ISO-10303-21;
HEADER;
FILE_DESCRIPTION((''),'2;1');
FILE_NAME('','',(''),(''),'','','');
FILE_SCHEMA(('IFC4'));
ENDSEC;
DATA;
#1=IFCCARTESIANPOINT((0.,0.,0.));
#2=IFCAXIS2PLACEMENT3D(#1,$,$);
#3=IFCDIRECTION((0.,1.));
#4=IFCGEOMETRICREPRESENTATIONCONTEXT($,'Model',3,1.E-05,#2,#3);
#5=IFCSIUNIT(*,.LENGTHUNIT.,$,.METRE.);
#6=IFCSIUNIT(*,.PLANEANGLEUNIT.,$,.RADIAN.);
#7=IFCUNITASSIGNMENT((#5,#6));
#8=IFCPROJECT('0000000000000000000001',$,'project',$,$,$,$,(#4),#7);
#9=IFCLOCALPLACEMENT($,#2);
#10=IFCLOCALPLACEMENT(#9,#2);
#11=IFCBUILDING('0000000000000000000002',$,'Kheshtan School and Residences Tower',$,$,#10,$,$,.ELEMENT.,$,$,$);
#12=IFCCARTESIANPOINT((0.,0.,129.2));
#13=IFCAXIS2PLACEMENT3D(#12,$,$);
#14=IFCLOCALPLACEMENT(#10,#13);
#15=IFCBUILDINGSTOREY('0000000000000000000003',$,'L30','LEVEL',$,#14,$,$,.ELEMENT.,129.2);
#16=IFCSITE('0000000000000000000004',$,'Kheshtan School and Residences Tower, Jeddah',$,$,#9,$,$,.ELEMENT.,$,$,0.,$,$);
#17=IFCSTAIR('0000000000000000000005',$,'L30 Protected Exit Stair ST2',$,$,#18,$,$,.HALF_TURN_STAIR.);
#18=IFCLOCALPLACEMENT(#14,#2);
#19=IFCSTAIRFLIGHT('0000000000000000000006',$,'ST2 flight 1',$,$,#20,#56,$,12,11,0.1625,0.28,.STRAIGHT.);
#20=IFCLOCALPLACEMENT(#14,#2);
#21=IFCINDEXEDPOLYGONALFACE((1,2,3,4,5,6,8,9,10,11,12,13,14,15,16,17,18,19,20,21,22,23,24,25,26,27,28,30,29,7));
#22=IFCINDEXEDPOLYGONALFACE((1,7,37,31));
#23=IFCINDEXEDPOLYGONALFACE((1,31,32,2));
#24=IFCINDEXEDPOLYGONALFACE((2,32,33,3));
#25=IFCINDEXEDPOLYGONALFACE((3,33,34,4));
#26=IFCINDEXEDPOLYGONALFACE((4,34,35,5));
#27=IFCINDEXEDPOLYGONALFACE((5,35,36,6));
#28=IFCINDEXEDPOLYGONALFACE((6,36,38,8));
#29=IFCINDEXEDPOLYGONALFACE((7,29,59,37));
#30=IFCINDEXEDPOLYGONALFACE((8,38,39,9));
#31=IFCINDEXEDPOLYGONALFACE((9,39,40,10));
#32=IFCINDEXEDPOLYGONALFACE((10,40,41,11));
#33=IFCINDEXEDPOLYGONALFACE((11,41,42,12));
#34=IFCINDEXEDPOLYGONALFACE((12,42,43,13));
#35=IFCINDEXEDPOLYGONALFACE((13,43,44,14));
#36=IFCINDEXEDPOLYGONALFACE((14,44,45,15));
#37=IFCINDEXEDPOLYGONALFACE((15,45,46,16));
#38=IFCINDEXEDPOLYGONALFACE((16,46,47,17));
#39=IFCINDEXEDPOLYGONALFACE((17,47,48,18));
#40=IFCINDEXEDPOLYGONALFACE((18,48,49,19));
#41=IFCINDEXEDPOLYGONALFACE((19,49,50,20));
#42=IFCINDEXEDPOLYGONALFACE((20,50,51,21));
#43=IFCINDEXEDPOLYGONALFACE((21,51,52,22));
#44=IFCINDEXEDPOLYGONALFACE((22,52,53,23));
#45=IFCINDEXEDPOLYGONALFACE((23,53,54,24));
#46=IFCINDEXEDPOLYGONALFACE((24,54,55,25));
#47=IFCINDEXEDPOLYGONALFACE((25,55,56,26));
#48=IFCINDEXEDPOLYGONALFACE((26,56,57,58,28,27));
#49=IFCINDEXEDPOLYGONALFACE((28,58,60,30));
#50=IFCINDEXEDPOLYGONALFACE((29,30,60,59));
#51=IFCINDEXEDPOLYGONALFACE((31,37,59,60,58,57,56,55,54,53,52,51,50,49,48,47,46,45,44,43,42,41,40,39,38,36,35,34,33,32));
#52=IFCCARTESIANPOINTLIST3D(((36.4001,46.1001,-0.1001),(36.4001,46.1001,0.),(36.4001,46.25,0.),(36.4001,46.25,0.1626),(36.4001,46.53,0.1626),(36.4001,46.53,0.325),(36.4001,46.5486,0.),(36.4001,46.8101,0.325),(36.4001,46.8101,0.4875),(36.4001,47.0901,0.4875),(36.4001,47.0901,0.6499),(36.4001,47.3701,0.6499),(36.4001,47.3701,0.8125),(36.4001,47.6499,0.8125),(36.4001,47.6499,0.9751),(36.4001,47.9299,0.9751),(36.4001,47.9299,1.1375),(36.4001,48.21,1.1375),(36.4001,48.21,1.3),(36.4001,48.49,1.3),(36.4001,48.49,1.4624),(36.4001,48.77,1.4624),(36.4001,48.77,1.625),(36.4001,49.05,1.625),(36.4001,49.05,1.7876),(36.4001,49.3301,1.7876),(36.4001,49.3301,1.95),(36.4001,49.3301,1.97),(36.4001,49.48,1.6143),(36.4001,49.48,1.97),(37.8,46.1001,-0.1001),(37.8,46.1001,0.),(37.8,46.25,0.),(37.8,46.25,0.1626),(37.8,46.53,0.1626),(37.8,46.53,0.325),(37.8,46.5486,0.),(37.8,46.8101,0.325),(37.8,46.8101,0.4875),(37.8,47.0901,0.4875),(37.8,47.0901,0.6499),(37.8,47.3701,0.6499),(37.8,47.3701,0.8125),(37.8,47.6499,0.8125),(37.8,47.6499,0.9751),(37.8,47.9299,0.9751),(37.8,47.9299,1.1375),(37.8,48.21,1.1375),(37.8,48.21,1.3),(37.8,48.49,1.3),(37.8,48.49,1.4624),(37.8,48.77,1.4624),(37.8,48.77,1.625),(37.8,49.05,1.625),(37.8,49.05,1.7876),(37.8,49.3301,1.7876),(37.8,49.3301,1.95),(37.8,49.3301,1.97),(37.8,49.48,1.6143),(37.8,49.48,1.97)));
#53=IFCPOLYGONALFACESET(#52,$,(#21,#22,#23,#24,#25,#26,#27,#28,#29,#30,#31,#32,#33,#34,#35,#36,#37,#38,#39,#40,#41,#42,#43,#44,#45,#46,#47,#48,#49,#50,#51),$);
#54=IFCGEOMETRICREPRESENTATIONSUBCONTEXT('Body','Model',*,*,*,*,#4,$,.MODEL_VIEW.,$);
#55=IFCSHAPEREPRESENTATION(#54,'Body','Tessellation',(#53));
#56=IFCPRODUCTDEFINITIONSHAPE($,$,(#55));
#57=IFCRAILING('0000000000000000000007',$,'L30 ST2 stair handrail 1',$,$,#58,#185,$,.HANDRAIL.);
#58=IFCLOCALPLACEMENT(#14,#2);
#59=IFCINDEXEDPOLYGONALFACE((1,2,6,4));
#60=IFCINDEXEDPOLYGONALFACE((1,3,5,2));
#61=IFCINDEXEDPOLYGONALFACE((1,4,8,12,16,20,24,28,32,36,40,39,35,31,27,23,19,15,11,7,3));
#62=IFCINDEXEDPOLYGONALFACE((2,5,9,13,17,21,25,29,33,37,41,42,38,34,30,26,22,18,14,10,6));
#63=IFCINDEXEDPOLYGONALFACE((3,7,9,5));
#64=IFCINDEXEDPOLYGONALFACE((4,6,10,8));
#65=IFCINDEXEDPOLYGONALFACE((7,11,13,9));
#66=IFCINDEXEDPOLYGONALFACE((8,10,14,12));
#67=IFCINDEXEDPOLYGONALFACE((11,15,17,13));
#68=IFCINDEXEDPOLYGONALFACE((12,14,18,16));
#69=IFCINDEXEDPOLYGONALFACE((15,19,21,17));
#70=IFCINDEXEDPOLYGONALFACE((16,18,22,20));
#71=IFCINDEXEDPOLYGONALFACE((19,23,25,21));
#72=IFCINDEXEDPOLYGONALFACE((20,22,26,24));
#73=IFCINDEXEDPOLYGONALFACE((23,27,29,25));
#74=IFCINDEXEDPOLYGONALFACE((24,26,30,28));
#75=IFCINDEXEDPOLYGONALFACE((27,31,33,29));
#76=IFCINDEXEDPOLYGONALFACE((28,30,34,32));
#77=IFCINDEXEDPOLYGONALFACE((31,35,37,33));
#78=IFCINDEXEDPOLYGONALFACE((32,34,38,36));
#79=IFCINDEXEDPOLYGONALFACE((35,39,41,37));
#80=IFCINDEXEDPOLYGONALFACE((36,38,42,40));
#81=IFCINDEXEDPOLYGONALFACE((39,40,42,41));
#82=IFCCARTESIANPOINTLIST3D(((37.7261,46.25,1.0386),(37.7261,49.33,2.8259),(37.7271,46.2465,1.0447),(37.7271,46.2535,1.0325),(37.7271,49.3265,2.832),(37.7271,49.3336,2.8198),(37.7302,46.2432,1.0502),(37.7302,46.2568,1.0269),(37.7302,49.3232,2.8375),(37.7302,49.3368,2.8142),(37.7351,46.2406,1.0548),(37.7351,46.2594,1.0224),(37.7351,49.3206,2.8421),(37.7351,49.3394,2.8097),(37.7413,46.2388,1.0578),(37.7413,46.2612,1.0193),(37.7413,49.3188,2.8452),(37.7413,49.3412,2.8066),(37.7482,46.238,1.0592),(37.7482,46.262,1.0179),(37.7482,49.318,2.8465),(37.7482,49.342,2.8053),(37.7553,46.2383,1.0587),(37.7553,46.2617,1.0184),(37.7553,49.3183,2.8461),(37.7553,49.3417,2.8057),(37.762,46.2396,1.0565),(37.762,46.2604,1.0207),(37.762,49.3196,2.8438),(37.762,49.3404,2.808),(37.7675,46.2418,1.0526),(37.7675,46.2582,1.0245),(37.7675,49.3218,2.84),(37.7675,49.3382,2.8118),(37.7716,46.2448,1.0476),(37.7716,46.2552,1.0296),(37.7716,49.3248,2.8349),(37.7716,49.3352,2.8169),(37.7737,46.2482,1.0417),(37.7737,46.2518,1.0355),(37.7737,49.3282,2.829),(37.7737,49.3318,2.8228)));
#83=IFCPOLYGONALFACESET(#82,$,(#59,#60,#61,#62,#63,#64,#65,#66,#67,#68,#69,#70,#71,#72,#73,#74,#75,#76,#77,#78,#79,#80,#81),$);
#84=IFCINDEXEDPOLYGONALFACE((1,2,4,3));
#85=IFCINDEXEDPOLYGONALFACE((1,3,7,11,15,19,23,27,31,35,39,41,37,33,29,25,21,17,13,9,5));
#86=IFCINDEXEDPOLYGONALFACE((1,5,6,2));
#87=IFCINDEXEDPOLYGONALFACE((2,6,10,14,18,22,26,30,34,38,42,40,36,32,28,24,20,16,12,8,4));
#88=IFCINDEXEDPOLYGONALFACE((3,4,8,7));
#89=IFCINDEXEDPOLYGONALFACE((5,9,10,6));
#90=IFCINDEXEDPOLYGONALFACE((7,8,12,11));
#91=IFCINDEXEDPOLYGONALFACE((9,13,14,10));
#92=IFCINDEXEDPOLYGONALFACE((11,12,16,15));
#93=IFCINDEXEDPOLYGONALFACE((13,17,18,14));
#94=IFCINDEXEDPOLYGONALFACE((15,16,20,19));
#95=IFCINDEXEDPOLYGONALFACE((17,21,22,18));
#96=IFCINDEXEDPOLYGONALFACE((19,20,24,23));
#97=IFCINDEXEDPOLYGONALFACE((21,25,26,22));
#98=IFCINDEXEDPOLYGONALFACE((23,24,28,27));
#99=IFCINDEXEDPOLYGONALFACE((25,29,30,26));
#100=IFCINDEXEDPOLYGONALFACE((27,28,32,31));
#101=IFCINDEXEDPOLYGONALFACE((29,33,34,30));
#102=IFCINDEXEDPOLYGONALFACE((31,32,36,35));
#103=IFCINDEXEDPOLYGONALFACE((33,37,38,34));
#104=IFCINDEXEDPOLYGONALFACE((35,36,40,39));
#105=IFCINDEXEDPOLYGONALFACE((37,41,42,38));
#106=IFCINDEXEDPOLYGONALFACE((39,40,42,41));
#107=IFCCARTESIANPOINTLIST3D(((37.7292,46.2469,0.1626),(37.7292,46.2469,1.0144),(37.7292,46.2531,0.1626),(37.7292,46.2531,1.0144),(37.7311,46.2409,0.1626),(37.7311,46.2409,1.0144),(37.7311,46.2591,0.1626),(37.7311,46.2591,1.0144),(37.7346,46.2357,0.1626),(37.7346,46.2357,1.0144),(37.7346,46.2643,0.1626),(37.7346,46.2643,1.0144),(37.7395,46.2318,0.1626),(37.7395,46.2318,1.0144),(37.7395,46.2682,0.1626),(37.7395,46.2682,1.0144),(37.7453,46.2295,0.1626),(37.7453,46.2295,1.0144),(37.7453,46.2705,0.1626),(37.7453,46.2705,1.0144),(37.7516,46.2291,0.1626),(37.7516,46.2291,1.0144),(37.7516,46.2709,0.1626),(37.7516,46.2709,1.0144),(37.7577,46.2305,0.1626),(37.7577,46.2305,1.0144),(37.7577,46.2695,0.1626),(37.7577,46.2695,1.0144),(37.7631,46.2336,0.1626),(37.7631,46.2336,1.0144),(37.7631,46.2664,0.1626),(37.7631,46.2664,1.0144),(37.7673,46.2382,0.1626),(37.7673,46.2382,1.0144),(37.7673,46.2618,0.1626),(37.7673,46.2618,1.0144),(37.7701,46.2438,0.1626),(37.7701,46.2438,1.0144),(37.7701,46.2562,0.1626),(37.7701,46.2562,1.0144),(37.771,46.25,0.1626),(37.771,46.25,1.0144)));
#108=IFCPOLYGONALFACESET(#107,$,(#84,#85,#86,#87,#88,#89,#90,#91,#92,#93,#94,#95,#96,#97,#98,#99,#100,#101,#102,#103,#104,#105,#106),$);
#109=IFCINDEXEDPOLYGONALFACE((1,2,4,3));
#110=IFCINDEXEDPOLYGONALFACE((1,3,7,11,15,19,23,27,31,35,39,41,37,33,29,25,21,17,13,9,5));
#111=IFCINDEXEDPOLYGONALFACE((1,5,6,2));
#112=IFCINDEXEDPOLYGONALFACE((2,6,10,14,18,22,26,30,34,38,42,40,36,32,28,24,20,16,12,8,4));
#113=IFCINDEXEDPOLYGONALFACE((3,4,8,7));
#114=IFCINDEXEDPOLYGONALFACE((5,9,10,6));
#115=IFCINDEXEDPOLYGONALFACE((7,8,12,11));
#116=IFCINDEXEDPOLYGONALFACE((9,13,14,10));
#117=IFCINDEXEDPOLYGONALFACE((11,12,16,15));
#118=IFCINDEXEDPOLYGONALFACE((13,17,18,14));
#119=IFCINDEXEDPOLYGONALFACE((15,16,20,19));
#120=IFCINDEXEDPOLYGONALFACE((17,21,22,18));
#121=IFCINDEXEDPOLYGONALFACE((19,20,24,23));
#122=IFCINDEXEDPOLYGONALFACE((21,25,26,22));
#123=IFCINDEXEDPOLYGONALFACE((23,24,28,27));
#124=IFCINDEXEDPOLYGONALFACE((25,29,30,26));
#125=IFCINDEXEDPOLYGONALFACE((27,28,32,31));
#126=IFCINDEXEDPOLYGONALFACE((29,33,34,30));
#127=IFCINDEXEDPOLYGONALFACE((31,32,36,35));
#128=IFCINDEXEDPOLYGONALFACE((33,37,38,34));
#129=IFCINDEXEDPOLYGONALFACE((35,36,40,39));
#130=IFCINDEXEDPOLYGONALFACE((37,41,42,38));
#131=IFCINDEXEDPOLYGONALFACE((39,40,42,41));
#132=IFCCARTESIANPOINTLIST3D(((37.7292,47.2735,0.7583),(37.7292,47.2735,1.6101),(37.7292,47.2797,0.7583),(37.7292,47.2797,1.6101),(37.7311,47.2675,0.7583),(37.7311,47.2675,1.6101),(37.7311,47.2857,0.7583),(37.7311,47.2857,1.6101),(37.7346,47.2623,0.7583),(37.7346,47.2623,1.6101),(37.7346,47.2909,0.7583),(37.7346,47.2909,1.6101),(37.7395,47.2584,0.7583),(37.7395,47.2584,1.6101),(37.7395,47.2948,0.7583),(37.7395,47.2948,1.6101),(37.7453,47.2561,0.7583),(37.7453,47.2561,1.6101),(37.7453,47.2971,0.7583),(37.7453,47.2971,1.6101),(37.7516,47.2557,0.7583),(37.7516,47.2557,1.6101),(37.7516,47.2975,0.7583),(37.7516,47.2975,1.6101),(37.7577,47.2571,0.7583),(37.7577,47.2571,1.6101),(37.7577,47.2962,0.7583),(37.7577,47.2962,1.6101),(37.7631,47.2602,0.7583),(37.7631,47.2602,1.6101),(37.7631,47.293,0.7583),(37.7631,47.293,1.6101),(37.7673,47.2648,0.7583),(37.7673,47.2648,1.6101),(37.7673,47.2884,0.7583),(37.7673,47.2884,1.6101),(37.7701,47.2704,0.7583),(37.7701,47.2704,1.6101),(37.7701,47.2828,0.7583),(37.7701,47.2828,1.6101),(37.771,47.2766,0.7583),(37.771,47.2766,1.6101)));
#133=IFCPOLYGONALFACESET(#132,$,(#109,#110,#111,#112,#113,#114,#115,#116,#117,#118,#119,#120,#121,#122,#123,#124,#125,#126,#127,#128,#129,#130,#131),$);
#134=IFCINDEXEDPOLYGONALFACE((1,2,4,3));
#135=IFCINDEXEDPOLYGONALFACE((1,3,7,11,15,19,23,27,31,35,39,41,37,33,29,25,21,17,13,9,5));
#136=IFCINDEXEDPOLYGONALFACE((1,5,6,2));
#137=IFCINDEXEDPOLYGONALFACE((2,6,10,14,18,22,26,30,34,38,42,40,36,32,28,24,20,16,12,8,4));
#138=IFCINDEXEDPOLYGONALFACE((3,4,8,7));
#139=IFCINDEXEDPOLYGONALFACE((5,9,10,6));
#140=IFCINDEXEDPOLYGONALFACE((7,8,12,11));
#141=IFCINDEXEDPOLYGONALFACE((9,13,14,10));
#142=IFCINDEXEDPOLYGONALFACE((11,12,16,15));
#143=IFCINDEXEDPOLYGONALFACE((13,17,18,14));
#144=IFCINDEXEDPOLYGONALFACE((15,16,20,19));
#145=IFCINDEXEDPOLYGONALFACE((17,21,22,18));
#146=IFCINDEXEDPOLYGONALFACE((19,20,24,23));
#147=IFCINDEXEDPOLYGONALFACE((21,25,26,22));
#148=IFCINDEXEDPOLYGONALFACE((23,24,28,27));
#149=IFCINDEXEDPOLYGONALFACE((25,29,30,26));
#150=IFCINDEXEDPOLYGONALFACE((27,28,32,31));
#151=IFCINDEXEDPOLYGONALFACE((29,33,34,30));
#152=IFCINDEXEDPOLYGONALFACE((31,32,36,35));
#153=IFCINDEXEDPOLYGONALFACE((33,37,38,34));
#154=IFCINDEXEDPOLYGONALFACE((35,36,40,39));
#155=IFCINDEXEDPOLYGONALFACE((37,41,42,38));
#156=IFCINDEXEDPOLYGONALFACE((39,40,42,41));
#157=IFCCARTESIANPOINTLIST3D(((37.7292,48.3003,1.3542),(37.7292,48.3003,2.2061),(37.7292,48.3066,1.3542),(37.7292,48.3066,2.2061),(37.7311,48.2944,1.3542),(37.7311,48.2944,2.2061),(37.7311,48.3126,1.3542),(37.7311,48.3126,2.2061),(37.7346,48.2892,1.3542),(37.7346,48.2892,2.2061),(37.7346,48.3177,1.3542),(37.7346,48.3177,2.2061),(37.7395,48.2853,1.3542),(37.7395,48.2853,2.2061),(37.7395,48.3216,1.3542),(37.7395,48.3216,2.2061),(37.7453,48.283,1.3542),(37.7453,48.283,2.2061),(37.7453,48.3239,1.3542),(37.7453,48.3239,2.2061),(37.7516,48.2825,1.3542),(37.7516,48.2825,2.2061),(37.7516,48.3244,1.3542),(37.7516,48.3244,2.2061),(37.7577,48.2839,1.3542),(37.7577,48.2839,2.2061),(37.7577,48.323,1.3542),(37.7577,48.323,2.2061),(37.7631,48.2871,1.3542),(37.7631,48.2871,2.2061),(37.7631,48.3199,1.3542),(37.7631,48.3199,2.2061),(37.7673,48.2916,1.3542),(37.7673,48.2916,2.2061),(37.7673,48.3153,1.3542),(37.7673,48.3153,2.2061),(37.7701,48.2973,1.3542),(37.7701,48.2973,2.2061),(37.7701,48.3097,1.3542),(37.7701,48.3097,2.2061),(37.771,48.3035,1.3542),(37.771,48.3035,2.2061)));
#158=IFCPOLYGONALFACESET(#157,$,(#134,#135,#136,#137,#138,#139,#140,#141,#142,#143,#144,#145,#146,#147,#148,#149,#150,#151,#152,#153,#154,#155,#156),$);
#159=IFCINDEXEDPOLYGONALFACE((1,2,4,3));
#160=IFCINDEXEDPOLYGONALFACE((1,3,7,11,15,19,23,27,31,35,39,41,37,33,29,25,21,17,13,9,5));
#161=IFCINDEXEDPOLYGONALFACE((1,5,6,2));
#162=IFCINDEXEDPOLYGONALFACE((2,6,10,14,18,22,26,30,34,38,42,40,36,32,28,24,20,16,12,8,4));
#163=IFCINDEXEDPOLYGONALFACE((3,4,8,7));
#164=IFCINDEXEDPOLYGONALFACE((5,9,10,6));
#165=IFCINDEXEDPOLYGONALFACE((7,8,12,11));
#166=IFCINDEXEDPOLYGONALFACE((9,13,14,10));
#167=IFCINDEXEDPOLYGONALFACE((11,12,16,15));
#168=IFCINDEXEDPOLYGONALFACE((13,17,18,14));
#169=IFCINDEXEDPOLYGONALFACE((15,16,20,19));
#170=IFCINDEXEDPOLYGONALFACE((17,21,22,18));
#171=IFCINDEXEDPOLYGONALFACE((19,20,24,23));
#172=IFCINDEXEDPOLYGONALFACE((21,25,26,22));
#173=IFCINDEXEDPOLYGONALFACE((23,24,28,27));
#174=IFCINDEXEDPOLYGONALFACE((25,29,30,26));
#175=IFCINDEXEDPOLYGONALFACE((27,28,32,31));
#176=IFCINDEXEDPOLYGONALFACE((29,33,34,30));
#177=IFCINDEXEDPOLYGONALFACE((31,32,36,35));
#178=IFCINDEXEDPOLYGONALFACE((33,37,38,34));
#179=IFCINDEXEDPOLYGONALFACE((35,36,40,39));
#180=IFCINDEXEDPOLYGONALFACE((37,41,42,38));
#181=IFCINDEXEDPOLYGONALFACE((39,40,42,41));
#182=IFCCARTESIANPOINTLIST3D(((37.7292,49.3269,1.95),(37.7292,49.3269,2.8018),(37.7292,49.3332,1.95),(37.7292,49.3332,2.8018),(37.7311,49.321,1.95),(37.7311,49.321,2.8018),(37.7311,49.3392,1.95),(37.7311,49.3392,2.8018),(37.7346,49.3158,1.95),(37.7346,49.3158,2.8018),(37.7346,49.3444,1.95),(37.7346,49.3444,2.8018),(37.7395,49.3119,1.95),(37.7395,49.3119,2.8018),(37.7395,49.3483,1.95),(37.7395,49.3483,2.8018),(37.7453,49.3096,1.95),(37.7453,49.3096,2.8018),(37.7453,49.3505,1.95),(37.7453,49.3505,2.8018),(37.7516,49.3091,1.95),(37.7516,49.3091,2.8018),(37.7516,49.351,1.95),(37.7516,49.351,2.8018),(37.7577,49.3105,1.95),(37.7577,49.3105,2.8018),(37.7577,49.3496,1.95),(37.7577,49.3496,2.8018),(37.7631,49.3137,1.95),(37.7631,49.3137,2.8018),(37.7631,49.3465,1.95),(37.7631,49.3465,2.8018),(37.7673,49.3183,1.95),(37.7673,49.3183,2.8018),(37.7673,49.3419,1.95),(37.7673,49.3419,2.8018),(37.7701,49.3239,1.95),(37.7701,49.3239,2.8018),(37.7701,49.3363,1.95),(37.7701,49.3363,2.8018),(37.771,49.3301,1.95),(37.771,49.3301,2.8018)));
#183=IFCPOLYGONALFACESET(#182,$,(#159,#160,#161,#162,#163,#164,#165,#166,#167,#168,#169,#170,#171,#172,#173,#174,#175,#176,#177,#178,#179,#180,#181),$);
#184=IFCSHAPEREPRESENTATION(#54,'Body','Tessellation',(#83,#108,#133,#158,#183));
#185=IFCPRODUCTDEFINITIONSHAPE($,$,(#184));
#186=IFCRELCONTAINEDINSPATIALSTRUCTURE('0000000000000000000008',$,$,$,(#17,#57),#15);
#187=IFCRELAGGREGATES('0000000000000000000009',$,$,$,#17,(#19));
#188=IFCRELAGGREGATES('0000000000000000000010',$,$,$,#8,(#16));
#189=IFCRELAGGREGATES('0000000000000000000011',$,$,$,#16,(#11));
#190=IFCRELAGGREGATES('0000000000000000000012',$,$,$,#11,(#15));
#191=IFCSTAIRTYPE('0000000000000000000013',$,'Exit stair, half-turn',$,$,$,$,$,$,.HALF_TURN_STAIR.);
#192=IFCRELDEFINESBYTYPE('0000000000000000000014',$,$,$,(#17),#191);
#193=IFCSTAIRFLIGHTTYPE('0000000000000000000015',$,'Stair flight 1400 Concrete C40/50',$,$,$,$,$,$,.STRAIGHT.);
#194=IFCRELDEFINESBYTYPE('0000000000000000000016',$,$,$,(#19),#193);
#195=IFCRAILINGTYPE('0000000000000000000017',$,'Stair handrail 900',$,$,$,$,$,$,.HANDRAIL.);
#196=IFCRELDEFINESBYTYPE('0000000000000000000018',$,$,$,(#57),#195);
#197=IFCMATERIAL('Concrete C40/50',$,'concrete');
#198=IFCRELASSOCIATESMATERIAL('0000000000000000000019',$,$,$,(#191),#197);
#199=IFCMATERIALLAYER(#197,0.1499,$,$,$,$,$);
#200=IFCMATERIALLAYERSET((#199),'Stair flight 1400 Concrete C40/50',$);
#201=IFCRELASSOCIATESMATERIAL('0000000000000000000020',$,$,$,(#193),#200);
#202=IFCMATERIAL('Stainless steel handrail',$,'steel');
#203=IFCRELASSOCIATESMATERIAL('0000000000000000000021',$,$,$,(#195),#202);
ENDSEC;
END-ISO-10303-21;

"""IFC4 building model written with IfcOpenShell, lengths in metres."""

from ifc_helpers import new_model, si_unit, direction, frame, origin, origin_2d, place, context, subcontext, project, spatial, polyline, circle, outline, extrude, material, layer, layer_set, type_object, element, aggregate, save


model = new_model("IFC4")

# Units and contexts
model_context = context("Model", 3, precision=1e-05, world=origin(), true_north=direction((0.0, 1.0)))
body_context = subcontext(model_context, "Body", "Model", "MODEL_VIEW")
ifc_project = project(units=[si_unit("LENGTHUNIT", "METRE"), si_unit("PLANEANGLEUNIT", "RADIAN")], contexts=[model_context])

# Site, building, storey
site_placement = place(None, origin())
site = spatial("IfcSite", under=ifc_project, at=site_placement, Name="Kheshtan School and Residences Tower, Jeddah", CompositionType="ELEMENT", RefElevation=0.0)
building_placement = place(site_placement, origin())
building = spatial("IfcBuilding", under=site, at=building_placement, Name="Kheshtan School and Residences Tower", CompositionType="ELEMENT")
storey_placement = place(building_placement, frame((0.0, 0.0, 129.2)))
storey = spatial("IfcBuildingStorey", under=building, at=storey_placement, Name="L30", Description="LEVEL", CompositionType="ELEMENT", Elevation=129.2)

# Stair, stair flight
ifc_material_1 = material(Name="Concrete C40/50", Category="concrete")
stair_type = type_object("IfcStairType", Name="Exit stair, half-turn", PredefinedType="HALF_TURN_STAIR", material=ifc_material_1)
stair_placement = place(storey_placement, origin())
stair = element("IfcStair", 1, at=stair_placement, inside=storey, type_object=stair_type, Name="L30 Protected Exit Stair ST2", PredefinedType="HALF_TURN_STAIR")
ifc_layer_1 = layer(ifc_material_1, 0.1499)
ifc_layer_set_1 = layer_set([ifc_layer_1], Name="Stair flight 1400 Concrete C40/50")
stair_flight_type = type_object("IfcStairFlightType", Name="Stair flight 1400 Concrete C40/50", PredefinedType="STRAIGHT", material=ifc_layer_set_1)
stair_flight_placement = place(storey_placement, frame((37.1001, 46.25, 0.0), z_axis=(0.0, 0.0, 1.0), x_axis=(0.0, 1.0, 0.0)))
stair_flight = element("IfcStairFlight", 2, at=stair_flight_placement, type_object=stair_flight_type, Name="ST2 flight 1", NumberOfRisers=12, NumberOfTreads=11, PredefinedType="STRAIGHT", RiserHeight=0.1625, TreadLength=0.28, context=body_context, shape_type="SweptSolid", body=[
    extrude(outline(polyline([(-0.1499, -0.1001), (-0.1499, 0.0), (0.0, 0.0), (0.0, 0.1626), (0.28, 0.1626), (0.28, 0.325), (0.5601, 0.325), (0.5601, 0.4875), (0.8401, 0.4875), (0.8401, 0.6499), (1.1201, 0.6499), (1.1201, 0.8125), (1.3999, 0.8125), (1.3999, 0.9751), (1.6799, 0.9751), (1.6799, 1.1375), (1.96, 1.1375), (1.96, 1.3), (2.24, 1.3), (2.24, 1.4624), (2.52, 1.4624), (2.52, 1.625), (2.8, 1.625), (2.8, 1.7876), (3.0801, 1.7876), (3.0801, 1.95), (3.0801, 1.97), (3.23, 1.97), (3.23, 1.6143), (0.2986, 0.0), (-0.1499, -0.1001)])), frame((0.0, 0.7, 0.0), z_axis=(0.0, -1.0, 0.0), x_axis=(1.0, 0.0, 0.0)), (0.0, 0.0, 1.0), 1.3999),
])
aggregate(stair, [stair_flight])

# Railing
ifc_material_2 = material(Name="Stainless steel handrail", Category="steel")
railing_type_1 = type_object("IfcRailingType", Name="Stair handrail 900", PredefinedType="HANDRAIL", material=ifc_material_2)
railing_1_placement = place(storey_placement, frame((37.75, 46.25, 0.1626)))
element("IfcRailing", 3, at=railing_1_placement, inside=storey, type_object=railing_type_1, Name="L30 ST2 stair handrail 1", PredefinedType="HANDRAIL", context=body_context, shape_type="SweptSolid", body=[
    extrude(circle(Radius=0.0239, at=origin_2d()), frame((0.0, 0.0, 0.876), z_axis=(0.0, 0.86492, 0.501909), x_axis=(-1.0, 0.0, 0.0)), (0.0, 0.0, 1.0), 3.561),
    extrude(circle(Radius=0.021, at=origin_2d()), origin(), (0.0, 0.0, 1.0), 0.8518),
    extrude(circle(Radius=0.021, at=origin_2d()), frame((0.0, 1.0266, 0.5957)), (0.0, 0.0, 1.0), 0.8518),
    extrude(circle(Radius=0.021, at=origin_2d()), frame((0.0, 2.0535, 1.1917)), (0.0, 0.0, 1.0), 0.8518),
    extrude(circle(Radius=0.021, at=origin_2d()), frame((0.0, 3.0801, 1.7874)), (0.0, 0.0, 1.0), 0.8518),
])

save(model, "model.ifc")
